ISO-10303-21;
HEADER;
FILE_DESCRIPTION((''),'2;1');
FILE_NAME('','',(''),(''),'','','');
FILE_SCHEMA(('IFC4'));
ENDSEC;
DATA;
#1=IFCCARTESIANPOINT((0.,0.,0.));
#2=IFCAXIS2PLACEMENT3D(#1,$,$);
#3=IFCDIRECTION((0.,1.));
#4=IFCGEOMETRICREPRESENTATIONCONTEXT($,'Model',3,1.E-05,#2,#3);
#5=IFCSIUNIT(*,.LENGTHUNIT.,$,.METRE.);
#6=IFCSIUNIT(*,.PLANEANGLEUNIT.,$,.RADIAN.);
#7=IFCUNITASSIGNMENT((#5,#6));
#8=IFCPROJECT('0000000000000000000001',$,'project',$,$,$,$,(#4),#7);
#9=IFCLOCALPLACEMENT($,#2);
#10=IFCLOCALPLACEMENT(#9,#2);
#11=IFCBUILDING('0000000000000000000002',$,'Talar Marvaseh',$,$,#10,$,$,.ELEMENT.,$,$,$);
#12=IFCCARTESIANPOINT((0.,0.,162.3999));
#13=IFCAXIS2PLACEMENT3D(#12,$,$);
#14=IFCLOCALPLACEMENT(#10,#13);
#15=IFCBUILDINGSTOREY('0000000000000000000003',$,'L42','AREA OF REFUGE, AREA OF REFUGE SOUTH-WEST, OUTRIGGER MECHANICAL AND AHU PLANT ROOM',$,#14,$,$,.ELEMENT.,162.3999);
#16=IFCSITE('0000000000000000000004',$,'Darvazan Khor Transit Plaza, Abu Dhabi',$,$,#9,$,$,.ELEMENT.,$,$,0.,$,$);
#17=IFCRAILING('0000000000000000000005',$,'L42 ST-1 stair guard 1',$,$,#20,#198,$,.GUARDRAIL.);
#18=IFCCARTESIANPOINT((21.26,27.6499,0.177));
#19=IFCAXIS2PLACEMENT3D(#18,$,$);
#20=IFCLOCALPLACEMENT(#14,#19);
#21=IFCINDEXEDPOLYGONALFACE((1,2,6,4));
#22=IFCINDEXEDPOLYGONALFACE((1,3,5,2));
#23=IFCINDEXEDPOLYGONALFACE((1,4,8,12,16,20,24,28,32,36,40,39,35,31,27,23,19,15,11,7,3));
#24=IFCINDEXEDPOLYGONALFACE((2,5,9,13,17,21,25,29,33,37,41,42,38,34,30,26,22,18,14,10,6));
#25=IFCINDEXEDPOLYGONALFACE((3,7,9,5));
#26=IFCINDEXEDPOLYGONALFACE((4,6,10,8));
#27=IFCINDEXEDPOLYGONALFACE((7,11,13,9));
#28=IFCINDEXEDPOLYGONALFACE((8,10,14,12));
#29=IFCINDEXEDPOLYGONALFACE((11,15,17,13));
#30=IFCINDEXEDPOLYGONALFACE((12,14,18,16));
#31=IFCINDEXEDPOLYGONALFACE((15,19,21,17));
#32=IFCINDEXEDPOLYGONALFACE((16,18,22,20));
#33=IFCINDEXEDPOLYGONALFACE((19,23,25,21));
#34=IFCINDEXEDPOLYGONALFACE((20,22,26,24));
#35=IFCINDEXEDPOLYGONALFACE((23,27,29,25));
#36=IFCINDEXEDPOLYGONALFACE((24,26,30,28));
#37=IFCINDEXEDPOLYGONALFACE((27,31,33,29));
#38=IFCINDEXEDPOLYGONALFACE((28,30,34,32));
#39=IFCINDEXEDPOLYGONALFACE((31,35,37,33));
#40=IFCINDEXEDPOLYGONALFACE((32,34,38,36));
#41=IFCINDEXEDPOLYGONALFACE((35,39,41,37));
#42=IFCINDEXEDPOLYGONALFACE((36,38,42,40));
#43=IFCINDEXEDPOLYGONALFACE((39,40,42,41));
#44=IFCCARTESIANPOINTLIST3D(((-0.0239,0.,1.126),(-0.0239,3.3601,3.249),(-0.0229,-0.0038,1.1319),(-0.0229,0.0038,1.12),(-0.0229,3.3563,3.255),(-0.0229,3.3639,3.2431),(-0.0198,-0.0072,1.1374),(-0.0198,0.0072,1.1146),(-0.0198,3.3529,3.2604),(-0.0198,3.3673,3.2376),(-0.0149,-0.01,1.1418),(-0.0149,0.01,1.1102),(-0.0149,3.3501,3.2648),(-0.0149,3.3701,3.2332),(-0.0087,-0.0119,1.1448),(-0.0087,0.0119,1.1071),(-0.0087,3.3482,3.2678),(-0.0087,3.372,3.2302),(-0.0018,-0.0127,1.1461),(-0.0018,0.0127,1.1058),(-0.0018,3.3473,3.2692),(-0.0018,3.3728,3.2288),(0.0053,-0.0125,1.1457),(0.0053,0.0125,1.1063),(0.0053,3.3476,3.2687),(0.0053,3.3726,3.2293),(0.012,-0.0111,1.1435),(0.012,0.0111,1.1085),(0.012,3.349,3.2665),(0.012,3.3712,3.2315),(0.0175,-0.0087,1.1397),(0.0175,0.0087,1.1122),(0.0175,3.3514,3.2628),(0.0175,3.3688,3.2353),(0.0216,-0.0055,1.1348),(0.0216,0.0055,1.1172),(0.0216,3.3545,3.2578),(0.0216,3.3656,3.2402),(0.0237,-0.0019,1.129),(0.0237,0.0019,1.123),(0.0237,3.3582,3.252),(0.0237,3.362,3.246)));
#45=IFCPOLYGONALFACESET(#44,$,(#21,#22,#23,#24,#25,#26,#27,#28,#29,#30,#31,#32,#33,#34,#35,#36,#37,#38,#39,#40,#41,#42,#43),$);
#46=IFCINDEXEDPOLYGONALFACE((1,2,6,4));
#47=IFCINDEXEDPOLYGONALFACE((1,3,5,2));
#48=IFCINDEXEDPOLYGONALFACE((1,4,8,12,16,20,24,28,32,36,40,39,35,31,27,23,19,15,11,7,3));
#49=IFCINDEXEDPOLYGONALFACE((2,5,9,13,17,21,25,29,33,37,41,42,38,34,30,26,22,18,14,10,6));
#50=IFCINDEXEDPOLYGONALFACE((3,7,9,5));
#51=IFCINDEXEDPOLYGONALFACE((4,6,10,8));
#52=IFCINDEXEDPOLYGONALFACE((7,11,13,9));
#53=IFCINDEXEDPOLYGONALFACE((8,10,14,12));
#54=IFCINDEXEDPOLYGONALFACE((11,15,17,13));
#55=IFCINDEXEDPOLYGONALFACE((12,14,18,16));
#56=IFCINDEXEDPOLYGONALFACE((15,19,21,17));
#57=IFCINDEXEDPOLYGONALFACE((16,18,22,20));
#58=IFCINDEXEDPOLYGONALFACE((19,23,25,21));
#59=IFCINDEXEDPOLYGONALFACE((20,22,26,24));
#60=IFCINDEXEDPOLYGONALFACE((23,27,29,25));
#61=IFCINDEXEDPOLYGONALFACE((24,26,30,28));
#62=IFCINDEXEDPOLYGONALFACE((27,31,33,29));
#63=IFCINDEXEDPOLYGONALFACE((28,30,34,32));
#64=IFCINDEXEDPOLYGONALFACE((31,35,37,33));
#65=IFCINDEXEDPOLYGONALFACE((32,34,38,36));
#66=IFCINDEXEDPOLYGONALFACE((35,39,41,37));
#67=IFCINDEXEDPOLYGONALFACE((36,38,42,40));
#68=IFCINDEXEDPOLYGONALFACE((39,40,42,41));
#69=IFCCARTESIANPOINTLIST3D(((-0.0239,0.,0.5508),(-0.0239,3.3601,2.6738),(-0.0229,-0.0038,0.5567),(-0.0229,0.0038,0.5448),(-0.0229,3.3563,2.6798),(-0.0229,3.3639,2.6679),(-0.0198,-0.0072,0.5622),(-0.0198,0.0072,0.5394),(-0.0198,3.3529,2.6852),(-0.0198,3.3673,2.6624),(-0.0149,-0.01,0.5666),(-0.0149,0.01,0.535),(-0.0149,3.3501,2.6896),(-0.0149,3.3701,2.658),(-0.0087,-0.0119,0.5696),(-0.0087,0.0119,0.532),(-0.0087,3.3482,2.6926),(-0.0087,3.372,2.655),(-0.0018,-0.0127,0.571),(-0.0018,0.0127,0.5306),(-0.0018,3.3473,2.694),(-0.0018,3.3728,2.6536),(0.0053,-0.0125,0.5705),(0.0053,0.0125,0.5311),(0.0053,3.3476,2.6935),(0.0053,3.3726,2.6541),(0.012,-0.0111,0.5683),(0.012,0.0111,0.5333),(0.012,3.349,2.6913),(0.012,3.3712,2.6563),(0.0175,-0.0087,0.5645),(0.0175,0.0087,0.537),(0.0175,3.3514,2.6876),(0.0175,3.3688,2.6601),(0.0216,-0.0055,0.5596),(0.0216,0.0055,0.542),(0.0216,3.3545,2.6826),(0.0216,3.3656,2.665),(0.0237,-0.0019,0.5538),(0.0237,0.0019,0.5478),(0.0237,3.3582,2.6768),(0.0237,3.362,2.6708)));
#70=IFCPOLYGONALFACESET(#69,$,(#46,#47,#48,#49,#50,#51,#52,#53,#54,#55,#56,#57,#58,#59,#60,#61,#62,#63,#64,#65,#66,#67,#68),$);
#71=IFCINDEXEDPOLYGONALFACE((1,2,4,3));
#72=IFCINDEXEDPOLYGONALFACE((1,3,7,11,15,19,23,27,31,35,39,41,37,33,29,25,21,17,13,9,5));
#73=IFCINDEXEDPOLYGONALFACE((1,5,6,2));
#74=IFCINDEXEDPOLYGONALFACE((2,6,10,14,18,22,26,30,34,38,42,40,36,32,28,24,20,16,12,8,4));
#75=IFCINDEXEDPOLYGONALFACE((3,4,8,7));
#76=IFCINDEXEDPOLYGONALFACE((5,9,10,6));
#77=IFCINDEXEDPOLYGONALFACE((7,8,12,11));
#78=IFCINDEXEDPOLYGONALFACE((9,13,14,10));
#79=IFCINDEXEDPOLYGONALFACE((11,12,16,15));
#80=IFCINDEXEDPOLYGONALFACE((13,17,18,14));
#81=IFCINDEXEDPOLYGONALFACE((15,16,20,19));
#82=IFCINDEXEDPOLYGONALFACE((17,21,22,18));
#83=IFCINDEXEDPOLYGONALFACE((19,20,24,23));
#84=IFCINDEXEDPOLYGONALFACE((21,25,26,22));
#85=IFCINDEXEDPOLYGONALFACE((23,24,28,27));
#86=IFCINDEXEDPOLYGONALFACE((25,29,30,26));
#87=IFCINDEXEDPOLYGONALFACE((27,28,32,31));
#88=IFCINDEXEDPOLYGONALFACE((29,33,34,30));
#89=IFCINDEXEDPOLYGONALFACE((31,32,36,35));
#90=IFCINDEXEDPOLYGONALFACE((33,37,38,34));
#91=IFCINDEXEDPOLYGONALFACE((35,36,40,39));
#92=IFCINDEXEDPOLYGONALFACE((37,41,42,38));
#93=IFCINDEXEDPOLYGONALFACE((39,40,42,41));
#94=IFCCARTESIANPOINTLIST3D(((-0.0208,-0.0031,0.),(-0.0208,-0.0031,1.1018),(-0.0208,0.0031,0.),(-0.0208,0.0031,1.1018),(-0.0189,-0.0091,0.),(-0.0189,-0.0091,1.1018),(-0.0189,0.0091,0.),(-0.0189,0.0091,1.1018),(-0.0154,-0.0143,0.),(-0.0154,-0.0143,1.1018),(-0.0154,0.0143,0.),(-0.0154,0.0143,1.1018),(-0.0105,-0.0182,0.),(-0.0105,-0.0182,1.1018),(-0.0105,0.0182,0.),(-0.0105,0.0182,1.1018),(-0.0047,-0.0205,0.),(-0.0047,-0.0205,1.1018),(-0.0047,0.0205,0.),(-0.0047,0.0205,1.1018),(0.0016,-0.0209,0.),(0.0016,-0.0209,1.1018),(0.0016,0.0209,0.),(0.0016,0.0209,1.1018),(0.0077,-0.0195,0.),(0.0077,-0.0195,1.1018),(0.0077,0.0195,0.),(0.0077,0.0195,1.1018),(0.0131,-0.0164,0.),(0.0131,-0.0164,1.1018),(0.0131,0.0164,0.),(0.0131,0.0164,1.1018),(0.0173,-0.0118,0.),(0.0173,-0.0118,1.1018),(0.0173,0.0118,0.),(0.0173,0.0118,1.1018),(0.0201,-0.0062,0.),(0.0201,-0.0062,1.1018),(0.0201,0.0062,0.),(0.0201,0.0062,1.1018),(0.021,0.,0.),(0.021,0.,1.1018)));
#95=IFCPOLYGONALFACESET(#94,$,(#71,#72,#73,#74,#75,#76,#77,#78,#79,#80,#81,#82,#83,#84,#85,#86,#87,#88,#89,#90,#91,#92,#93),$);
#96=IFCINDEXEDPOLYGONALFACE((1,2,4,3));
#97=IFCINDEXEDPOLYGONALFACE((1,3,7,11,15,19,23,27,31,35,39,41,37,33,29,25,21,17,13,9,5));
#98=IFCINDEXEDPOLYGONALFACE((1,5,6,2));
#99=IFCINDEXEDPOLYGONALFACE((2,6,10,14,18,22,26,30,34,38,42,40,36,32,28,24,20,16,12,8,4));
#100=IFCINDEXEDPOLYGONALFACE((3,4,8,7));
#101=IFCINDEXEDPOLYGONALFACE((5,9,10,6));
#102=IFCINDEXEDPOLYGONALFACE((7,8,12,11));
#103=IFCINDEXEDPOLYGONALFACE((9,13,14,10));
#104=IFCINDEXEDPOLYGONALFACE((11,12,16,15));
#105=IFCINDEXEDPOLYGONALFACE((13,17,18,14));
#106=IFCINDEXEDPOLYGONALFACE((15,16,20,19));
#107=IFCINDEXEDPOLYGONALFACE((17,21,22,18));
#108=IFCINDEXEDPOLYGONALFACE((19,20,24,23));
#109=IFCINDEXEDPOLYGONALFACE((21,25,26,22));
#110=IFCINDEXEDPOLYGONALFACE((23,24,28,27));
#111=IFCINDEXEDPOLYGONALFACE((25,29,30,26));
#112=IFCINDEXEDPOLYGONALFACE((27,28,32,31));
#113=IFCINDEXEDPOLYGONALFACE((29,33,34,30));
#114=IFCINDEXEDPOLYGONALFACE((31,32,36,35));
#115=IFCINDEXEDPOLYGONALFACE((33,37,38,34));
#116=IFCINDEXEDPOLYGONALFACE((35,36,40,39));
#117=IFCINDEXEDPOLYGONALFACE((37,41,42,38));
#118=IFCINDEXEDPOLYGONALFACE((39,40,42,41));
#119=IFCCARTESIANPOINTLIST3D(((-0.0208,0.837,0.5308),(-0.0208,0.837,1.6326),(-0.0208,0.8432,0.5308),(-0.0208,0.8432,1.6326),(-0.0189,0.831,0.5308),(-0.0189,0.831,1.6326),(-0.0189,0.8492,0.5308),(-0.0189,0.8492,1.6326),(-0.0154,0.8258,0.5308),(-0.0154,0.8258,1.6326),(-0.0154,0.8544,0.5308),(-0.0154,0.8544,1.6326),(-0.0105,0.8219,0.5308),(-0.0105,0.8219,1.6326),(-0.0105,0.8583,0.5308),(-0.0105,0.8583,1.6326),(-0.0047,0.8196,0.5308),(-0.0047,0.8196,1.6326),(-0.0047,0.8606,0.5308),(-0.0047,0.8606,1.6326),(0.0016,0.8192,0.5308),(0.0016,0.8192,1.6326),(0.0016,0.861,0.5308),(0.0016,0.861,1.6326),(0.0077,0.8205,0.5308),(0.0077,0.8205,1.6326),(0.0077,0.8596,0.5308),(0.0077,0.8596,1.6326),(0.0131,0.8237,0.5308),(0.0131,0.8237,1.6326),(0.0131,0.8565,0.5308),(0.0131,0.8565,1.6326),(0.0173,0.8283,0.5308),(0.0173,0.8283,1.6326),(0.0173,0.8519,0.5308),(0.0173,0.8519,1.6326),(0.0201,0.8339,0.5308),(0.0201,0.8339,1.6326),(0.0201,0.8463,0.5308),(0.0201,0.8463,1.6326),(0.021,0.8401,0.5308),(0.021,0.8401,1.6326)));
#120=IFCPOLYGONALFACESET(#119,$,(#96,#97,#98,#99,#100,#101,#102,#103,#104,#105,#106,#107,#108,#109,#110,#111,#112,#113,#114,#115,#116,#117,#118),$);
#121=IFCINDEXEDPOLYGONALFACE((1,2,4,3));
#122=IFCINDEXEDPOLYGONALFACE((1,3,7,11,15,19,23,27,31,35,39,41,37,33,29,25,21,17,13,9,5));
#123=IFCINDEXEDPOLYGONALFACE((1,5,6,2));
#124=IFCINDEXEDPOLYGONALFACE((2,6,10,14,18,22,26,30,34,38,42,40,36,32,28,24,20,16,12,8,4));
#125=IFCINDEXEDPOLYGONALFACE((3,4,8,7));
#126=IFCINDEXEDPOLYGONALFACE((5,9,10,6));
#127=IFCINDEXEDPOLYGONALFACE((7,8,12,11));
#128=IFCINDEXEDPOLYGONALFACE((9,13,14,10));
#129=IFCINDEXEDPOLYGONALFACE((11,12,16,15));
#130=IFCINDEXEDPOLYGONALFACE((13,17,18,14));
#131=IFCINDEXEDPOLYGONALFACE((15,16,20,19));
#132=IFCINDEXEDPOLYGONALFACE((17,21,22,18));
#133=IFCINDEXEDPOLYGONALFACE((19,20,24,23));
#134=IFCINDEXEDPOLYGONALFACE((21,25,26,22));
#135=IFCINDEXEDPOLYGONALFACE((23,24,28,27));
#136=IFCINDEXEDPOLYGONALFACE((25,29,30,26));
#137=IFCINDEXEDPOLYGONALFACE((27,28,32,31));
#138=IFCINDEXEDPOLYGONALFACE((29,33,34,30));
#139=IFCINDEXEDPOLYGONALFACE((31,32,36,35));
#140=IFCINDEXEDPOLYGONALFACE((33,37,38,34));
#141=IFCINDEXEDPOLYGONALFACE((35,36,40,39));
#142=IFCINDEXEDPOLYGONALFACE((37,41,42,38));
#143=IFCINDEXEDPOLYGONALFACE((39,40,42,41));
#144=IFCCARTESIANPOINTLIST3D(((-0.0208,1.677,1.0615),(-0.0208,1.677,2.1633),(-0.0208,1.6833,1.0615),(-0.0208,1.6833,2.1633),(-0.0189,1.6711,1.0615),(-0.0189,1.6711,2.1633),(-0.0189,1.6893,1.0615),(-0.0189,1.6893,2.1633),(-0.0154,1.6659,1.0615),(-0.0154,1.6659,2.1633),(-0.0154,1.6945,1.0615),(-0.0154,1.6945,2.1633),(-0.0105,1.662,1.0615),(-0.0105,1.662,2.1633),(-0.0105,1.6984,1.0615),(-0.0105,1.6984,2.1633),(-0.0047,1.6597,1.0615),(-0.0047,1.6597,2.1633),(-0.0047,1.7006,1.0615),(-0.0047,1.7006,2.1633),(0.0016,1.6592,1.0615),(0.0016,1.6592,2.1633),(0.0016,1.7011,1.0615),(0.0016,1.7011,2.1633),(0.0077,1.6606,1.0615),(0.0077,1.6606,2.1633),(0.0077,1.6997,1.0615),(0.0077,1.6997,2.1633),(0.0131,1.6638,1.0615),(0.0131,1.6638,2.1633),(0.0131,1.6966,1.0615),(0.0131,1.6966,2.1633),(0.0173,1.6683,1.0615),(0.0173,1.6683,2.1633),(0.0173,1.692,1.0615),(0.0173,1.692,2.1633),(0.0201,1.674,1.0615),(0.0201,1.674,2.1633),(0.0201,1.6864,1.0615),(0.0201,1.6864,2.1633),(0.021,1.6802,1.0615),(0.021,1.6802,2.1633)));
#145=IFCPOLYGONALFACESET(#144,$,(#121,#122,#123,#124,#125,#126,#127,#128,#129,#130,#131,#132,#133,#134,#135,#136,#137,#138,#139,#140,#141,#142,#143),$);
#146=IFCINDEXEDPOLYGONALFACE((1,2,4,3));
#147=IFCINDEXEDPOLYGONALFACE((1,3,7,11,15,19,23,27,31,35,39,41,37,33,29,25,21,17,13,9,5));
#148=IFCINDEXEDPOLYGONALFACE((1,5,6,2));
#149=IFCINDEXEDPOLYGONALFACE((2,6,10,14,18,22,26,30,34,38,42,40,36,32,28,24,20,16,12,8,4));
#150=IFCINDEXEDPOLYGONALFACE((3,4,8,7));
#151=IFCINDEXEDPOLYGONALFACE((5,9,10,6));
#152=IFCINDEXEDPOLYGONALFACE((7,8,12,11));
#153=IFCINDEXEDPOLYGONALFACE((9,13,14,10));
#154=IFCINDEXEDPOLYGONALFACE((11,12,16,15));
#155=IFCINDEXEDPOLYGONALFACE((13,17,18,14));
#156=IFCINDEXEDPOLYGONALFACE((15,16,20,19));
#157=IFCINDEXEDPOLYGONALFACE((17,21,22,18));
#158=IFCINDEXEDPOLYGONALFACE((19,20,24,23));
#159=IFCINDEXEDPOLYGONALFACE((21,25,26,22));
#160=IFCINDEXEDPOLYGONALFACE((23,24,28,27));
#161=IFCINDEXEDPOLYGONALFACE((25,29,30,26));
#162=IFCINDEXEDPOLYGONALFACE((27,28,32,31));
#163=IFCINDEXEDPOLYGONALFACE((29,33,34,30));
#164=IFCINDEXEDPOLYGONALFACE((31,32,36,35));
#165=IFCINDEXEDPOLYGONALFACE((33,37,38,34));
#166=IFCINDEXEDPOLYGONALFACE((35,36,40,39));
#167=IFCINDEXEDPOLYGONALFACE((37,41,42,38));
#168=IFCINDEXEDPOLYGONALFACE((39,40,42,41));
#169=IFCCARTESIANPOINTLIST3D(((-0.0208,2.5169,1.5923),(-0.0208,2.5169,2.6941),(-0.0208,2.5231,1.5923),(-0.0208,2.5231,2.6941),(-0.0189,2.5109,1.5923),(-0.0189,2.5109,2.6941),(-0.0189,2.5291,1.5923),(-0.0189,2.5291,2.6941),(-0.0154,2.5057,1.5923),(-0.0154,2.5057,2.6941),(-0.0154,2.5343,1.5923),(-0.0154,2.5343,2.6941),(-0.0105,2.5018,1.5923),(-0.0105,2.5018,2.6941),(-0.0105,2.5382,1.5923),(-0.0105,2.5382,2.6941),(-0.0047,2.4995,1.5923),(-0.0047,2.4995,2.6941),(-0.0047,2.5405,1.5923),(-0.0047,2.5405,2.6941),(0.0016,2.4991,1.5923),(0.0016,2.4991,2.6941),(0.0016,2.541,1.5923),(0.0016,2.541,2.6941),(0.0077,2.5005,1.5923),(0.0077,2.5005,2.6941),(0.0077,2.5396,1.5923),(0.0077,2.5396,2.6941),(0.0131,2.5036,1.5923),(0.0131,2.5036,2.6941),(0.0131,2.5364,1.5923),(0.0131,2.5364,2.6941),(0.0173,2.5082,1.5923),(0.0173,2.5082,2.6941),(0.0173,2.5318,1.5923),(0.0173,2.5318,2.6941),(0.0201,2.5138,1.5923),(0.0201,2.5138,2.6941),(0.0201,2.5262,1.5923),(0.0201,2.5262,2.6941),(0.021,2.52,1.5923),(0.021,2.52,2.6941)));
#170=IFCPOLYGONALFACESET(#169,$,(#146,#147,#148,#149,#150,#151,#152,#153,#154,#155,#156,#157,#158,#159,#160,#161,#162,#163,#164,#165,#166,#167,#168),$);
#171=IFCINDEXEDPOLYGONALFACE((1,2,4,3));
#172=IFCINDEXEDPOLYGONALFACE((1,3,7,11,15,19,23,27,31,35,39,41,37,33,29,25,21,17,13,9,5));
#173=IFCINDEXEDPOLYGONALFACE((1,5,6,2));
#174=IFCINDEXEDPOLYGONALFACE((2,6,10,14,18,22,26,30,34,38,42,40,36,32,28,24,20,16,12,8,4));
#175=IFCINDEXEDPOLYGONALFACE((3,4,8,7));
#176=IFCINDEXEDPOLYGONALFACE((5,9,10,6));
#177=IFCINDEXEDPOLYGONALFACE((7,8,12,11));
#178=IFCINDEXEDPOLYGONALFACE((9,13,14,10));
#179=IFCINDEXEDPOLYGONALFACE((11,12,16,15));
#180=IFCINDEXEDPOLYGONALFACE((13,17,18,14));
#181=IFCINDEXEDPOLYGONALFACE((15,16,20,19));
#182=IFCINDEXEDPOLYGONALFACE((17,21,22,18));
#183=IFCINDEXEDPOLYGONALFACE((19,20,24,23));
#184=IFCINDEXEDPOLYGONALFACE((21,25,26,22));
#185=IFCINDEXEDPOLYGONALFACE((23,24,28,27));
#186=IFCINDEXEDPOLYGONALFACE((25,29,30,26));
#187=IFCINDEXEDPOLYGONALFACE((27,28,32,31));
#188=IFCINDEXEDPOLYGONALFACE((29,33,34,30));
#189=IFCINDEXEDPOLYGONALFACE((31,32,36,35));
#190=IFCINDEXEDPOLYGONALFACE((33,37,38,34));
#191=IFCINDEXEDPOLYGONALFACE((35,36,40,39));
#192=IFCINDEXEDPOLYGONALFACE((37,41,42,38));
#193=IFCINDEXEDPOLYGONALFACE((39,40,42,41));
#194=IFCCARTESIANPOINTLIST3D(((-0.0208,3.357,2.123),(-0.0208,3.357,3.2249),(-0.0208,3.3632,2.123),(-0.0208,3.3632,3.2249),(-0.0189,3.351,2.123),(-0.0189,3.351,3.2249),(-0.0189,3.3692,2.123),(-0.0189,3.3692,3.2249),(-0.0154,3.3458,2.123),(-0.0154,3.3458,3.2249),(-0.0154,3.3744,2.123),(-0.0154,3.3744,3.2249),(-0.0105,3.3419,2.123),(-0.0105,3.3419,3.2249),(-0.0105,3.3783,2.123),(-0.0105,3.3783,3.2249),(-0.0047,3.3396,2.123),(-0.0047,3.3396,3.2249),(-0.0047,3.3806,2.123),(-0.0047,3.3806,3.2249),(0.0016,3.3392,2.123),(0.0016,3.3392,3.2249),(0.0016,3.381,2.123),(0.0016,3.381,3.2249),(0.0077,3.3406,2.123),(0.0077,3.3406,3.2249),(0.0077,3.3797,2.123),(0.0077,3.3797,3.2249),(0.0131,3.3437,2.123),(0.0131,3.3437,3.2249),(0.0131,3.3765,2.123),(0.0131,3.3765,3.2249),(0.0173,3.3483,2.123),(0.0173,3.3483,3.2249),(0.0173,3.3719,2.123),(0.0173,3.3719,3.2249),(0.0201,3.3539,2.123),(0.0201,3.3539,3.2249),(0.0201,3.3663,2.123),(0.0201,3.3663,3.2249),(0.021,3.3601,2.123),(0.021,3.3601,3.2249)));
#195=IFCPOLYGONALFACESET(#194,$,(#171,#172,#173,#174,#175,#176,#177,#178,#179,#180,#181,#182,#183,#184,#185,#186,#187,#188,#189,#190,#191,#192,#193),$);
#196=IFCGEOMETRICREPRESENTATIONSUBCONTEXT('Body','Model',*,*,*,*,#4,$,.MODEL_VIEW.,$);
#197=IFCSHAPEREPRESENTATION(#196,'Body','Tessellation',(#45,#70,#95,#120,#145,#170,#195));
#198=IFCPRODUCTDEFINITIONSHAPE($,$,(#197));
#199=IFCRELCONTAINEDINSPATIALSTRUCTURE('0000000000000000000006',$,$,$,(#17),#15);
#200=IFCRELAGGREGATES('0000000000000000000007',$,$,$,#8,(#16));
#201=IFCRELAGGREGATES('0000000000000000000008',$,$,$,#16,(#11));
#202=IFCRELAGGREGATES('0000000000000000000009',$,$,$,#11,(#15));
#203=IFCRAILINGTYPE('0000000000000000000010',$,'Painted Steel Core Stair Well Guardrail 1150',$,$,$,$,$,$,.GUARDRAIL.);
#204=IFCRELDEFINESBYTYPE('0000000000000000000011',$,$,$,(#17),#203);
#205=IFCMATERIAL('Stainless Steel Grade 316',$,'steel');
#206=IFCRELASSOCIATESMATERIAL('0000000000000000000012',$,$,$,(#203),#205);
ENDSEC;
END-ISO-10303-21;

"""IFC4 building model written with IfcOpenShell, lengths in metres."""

from ifc_helpers import new_model, si_unit, direction, frame, origin, origin_2d, place, context, subcontext, project, spatial, circle, extrude, material, type_object, element, save


model = new_model("IFC4")

# Units and contexts
model_context = context("Model", 3, precision=1e-05, world=origin(), true_north=direction((0.0, 1.0)))
body_context = subcontext(model_context, "Body", "Model", "MODEL_VIEW")
ifc_project = project(units=[si_unit("LENGTHUNIT", "METRE"), si_unit("PLANEANGLEUNIT", "RADIAN")], contexts=[model_context])

# Site, building, storey
site_placement = place(None, origin())
site = spatial("IfcSite", under=ifc_project, at=site_placement, Name="Darvazan Khor Transit Plaza, Abu Dhabi", CompositionType="ELEMENT", RefElevation=0.0)
building_placement = place(site_placement, origin())
building = spatial("IfcBuilding", under=site, at=building_placement, Name="Talar Marvaseh", CompositionType="ELEMENT")
storey_placement = place(building_placement, frame((0.0, 0.0, 162.3999)))
storey = spatial("IfcBuildingStorey", under=building, at=storey_placement, Name="L42", Description="AREA OF REFUGE, AREA OF REFUGE SOUTH-WEST, OUTRIGGER MECHANICAL AND AHU PLANT ROOM", CompositionType="ELEMENT", Elevation=162.3999)

# Railing
ifc_material_1 = material(Name="Stainless Steel Grade 316", Category="steel")
railing_type_1 = type_object("IfcRailingType", Name="Painted Steel Core Stair Well Guardrail 1150", PredefinedType="GUARDRAIL", material=ifc_material_1)
railing_1_placement = place(storey_placement, frame((21.26, 27.6499, 0.177)))
element("IfcRailing", 1, at=railing_1_placement, inside=storey, type_object=railing_type_1, Name="L42 ST-1 stair guard 1", PredefinedType="GUARDRAIL", context=body_context, shape_type="SweptSolid", body=[
    extrude(circle(Radius=0.0239, at=origin_2d()), frame((0.0, 0.0, 1.126), z_axis=(0.0, 0.84539, 0.53415), x_axis=(-1.0, 0.0, 0.0)), (0.0, 0.0, 1.0), 3.9746),
    extrude(circle(Radius=0.0239, at=origin_2d()), frame((0.0, 0.0, 0.5508), z_axis=(0.0, 0.84539, 0.53415), x_axis=(-1.0, 0.0, 0.0)), (0.0, 0.0, 1.0), 3.9746),
    extrude(circle(Radius=0.021, at=origin_2d()), origin(), (0.0, 0.0, 1.0), 1.1018),
    extrude(circle(Radius=0.021, at=origin_2d()), frame((0.0, 0.8401, 0.5308)), (0.0, 0.0, 1.0), 1.1018),
    extrude(circle(Radius=0.021, at=origin_2d()), frame((0.0, 1.6802, 1.0615)), (0.0, 0.0, 1.0), 1.1018),
    extrude(circle(Radius=0.021, at=origin_2d()), frame((0.0, 2.52, 1.5923)), (0.0, 0.0, 1.0), 1.1018),
    extrude(circle(Radius=0.021, at=origin_2d()), frame((0.0, 3.3601, 2.123)), (0.0, 0.0, 1.0), 1.1018),
])

save(model, "model.ifc")
